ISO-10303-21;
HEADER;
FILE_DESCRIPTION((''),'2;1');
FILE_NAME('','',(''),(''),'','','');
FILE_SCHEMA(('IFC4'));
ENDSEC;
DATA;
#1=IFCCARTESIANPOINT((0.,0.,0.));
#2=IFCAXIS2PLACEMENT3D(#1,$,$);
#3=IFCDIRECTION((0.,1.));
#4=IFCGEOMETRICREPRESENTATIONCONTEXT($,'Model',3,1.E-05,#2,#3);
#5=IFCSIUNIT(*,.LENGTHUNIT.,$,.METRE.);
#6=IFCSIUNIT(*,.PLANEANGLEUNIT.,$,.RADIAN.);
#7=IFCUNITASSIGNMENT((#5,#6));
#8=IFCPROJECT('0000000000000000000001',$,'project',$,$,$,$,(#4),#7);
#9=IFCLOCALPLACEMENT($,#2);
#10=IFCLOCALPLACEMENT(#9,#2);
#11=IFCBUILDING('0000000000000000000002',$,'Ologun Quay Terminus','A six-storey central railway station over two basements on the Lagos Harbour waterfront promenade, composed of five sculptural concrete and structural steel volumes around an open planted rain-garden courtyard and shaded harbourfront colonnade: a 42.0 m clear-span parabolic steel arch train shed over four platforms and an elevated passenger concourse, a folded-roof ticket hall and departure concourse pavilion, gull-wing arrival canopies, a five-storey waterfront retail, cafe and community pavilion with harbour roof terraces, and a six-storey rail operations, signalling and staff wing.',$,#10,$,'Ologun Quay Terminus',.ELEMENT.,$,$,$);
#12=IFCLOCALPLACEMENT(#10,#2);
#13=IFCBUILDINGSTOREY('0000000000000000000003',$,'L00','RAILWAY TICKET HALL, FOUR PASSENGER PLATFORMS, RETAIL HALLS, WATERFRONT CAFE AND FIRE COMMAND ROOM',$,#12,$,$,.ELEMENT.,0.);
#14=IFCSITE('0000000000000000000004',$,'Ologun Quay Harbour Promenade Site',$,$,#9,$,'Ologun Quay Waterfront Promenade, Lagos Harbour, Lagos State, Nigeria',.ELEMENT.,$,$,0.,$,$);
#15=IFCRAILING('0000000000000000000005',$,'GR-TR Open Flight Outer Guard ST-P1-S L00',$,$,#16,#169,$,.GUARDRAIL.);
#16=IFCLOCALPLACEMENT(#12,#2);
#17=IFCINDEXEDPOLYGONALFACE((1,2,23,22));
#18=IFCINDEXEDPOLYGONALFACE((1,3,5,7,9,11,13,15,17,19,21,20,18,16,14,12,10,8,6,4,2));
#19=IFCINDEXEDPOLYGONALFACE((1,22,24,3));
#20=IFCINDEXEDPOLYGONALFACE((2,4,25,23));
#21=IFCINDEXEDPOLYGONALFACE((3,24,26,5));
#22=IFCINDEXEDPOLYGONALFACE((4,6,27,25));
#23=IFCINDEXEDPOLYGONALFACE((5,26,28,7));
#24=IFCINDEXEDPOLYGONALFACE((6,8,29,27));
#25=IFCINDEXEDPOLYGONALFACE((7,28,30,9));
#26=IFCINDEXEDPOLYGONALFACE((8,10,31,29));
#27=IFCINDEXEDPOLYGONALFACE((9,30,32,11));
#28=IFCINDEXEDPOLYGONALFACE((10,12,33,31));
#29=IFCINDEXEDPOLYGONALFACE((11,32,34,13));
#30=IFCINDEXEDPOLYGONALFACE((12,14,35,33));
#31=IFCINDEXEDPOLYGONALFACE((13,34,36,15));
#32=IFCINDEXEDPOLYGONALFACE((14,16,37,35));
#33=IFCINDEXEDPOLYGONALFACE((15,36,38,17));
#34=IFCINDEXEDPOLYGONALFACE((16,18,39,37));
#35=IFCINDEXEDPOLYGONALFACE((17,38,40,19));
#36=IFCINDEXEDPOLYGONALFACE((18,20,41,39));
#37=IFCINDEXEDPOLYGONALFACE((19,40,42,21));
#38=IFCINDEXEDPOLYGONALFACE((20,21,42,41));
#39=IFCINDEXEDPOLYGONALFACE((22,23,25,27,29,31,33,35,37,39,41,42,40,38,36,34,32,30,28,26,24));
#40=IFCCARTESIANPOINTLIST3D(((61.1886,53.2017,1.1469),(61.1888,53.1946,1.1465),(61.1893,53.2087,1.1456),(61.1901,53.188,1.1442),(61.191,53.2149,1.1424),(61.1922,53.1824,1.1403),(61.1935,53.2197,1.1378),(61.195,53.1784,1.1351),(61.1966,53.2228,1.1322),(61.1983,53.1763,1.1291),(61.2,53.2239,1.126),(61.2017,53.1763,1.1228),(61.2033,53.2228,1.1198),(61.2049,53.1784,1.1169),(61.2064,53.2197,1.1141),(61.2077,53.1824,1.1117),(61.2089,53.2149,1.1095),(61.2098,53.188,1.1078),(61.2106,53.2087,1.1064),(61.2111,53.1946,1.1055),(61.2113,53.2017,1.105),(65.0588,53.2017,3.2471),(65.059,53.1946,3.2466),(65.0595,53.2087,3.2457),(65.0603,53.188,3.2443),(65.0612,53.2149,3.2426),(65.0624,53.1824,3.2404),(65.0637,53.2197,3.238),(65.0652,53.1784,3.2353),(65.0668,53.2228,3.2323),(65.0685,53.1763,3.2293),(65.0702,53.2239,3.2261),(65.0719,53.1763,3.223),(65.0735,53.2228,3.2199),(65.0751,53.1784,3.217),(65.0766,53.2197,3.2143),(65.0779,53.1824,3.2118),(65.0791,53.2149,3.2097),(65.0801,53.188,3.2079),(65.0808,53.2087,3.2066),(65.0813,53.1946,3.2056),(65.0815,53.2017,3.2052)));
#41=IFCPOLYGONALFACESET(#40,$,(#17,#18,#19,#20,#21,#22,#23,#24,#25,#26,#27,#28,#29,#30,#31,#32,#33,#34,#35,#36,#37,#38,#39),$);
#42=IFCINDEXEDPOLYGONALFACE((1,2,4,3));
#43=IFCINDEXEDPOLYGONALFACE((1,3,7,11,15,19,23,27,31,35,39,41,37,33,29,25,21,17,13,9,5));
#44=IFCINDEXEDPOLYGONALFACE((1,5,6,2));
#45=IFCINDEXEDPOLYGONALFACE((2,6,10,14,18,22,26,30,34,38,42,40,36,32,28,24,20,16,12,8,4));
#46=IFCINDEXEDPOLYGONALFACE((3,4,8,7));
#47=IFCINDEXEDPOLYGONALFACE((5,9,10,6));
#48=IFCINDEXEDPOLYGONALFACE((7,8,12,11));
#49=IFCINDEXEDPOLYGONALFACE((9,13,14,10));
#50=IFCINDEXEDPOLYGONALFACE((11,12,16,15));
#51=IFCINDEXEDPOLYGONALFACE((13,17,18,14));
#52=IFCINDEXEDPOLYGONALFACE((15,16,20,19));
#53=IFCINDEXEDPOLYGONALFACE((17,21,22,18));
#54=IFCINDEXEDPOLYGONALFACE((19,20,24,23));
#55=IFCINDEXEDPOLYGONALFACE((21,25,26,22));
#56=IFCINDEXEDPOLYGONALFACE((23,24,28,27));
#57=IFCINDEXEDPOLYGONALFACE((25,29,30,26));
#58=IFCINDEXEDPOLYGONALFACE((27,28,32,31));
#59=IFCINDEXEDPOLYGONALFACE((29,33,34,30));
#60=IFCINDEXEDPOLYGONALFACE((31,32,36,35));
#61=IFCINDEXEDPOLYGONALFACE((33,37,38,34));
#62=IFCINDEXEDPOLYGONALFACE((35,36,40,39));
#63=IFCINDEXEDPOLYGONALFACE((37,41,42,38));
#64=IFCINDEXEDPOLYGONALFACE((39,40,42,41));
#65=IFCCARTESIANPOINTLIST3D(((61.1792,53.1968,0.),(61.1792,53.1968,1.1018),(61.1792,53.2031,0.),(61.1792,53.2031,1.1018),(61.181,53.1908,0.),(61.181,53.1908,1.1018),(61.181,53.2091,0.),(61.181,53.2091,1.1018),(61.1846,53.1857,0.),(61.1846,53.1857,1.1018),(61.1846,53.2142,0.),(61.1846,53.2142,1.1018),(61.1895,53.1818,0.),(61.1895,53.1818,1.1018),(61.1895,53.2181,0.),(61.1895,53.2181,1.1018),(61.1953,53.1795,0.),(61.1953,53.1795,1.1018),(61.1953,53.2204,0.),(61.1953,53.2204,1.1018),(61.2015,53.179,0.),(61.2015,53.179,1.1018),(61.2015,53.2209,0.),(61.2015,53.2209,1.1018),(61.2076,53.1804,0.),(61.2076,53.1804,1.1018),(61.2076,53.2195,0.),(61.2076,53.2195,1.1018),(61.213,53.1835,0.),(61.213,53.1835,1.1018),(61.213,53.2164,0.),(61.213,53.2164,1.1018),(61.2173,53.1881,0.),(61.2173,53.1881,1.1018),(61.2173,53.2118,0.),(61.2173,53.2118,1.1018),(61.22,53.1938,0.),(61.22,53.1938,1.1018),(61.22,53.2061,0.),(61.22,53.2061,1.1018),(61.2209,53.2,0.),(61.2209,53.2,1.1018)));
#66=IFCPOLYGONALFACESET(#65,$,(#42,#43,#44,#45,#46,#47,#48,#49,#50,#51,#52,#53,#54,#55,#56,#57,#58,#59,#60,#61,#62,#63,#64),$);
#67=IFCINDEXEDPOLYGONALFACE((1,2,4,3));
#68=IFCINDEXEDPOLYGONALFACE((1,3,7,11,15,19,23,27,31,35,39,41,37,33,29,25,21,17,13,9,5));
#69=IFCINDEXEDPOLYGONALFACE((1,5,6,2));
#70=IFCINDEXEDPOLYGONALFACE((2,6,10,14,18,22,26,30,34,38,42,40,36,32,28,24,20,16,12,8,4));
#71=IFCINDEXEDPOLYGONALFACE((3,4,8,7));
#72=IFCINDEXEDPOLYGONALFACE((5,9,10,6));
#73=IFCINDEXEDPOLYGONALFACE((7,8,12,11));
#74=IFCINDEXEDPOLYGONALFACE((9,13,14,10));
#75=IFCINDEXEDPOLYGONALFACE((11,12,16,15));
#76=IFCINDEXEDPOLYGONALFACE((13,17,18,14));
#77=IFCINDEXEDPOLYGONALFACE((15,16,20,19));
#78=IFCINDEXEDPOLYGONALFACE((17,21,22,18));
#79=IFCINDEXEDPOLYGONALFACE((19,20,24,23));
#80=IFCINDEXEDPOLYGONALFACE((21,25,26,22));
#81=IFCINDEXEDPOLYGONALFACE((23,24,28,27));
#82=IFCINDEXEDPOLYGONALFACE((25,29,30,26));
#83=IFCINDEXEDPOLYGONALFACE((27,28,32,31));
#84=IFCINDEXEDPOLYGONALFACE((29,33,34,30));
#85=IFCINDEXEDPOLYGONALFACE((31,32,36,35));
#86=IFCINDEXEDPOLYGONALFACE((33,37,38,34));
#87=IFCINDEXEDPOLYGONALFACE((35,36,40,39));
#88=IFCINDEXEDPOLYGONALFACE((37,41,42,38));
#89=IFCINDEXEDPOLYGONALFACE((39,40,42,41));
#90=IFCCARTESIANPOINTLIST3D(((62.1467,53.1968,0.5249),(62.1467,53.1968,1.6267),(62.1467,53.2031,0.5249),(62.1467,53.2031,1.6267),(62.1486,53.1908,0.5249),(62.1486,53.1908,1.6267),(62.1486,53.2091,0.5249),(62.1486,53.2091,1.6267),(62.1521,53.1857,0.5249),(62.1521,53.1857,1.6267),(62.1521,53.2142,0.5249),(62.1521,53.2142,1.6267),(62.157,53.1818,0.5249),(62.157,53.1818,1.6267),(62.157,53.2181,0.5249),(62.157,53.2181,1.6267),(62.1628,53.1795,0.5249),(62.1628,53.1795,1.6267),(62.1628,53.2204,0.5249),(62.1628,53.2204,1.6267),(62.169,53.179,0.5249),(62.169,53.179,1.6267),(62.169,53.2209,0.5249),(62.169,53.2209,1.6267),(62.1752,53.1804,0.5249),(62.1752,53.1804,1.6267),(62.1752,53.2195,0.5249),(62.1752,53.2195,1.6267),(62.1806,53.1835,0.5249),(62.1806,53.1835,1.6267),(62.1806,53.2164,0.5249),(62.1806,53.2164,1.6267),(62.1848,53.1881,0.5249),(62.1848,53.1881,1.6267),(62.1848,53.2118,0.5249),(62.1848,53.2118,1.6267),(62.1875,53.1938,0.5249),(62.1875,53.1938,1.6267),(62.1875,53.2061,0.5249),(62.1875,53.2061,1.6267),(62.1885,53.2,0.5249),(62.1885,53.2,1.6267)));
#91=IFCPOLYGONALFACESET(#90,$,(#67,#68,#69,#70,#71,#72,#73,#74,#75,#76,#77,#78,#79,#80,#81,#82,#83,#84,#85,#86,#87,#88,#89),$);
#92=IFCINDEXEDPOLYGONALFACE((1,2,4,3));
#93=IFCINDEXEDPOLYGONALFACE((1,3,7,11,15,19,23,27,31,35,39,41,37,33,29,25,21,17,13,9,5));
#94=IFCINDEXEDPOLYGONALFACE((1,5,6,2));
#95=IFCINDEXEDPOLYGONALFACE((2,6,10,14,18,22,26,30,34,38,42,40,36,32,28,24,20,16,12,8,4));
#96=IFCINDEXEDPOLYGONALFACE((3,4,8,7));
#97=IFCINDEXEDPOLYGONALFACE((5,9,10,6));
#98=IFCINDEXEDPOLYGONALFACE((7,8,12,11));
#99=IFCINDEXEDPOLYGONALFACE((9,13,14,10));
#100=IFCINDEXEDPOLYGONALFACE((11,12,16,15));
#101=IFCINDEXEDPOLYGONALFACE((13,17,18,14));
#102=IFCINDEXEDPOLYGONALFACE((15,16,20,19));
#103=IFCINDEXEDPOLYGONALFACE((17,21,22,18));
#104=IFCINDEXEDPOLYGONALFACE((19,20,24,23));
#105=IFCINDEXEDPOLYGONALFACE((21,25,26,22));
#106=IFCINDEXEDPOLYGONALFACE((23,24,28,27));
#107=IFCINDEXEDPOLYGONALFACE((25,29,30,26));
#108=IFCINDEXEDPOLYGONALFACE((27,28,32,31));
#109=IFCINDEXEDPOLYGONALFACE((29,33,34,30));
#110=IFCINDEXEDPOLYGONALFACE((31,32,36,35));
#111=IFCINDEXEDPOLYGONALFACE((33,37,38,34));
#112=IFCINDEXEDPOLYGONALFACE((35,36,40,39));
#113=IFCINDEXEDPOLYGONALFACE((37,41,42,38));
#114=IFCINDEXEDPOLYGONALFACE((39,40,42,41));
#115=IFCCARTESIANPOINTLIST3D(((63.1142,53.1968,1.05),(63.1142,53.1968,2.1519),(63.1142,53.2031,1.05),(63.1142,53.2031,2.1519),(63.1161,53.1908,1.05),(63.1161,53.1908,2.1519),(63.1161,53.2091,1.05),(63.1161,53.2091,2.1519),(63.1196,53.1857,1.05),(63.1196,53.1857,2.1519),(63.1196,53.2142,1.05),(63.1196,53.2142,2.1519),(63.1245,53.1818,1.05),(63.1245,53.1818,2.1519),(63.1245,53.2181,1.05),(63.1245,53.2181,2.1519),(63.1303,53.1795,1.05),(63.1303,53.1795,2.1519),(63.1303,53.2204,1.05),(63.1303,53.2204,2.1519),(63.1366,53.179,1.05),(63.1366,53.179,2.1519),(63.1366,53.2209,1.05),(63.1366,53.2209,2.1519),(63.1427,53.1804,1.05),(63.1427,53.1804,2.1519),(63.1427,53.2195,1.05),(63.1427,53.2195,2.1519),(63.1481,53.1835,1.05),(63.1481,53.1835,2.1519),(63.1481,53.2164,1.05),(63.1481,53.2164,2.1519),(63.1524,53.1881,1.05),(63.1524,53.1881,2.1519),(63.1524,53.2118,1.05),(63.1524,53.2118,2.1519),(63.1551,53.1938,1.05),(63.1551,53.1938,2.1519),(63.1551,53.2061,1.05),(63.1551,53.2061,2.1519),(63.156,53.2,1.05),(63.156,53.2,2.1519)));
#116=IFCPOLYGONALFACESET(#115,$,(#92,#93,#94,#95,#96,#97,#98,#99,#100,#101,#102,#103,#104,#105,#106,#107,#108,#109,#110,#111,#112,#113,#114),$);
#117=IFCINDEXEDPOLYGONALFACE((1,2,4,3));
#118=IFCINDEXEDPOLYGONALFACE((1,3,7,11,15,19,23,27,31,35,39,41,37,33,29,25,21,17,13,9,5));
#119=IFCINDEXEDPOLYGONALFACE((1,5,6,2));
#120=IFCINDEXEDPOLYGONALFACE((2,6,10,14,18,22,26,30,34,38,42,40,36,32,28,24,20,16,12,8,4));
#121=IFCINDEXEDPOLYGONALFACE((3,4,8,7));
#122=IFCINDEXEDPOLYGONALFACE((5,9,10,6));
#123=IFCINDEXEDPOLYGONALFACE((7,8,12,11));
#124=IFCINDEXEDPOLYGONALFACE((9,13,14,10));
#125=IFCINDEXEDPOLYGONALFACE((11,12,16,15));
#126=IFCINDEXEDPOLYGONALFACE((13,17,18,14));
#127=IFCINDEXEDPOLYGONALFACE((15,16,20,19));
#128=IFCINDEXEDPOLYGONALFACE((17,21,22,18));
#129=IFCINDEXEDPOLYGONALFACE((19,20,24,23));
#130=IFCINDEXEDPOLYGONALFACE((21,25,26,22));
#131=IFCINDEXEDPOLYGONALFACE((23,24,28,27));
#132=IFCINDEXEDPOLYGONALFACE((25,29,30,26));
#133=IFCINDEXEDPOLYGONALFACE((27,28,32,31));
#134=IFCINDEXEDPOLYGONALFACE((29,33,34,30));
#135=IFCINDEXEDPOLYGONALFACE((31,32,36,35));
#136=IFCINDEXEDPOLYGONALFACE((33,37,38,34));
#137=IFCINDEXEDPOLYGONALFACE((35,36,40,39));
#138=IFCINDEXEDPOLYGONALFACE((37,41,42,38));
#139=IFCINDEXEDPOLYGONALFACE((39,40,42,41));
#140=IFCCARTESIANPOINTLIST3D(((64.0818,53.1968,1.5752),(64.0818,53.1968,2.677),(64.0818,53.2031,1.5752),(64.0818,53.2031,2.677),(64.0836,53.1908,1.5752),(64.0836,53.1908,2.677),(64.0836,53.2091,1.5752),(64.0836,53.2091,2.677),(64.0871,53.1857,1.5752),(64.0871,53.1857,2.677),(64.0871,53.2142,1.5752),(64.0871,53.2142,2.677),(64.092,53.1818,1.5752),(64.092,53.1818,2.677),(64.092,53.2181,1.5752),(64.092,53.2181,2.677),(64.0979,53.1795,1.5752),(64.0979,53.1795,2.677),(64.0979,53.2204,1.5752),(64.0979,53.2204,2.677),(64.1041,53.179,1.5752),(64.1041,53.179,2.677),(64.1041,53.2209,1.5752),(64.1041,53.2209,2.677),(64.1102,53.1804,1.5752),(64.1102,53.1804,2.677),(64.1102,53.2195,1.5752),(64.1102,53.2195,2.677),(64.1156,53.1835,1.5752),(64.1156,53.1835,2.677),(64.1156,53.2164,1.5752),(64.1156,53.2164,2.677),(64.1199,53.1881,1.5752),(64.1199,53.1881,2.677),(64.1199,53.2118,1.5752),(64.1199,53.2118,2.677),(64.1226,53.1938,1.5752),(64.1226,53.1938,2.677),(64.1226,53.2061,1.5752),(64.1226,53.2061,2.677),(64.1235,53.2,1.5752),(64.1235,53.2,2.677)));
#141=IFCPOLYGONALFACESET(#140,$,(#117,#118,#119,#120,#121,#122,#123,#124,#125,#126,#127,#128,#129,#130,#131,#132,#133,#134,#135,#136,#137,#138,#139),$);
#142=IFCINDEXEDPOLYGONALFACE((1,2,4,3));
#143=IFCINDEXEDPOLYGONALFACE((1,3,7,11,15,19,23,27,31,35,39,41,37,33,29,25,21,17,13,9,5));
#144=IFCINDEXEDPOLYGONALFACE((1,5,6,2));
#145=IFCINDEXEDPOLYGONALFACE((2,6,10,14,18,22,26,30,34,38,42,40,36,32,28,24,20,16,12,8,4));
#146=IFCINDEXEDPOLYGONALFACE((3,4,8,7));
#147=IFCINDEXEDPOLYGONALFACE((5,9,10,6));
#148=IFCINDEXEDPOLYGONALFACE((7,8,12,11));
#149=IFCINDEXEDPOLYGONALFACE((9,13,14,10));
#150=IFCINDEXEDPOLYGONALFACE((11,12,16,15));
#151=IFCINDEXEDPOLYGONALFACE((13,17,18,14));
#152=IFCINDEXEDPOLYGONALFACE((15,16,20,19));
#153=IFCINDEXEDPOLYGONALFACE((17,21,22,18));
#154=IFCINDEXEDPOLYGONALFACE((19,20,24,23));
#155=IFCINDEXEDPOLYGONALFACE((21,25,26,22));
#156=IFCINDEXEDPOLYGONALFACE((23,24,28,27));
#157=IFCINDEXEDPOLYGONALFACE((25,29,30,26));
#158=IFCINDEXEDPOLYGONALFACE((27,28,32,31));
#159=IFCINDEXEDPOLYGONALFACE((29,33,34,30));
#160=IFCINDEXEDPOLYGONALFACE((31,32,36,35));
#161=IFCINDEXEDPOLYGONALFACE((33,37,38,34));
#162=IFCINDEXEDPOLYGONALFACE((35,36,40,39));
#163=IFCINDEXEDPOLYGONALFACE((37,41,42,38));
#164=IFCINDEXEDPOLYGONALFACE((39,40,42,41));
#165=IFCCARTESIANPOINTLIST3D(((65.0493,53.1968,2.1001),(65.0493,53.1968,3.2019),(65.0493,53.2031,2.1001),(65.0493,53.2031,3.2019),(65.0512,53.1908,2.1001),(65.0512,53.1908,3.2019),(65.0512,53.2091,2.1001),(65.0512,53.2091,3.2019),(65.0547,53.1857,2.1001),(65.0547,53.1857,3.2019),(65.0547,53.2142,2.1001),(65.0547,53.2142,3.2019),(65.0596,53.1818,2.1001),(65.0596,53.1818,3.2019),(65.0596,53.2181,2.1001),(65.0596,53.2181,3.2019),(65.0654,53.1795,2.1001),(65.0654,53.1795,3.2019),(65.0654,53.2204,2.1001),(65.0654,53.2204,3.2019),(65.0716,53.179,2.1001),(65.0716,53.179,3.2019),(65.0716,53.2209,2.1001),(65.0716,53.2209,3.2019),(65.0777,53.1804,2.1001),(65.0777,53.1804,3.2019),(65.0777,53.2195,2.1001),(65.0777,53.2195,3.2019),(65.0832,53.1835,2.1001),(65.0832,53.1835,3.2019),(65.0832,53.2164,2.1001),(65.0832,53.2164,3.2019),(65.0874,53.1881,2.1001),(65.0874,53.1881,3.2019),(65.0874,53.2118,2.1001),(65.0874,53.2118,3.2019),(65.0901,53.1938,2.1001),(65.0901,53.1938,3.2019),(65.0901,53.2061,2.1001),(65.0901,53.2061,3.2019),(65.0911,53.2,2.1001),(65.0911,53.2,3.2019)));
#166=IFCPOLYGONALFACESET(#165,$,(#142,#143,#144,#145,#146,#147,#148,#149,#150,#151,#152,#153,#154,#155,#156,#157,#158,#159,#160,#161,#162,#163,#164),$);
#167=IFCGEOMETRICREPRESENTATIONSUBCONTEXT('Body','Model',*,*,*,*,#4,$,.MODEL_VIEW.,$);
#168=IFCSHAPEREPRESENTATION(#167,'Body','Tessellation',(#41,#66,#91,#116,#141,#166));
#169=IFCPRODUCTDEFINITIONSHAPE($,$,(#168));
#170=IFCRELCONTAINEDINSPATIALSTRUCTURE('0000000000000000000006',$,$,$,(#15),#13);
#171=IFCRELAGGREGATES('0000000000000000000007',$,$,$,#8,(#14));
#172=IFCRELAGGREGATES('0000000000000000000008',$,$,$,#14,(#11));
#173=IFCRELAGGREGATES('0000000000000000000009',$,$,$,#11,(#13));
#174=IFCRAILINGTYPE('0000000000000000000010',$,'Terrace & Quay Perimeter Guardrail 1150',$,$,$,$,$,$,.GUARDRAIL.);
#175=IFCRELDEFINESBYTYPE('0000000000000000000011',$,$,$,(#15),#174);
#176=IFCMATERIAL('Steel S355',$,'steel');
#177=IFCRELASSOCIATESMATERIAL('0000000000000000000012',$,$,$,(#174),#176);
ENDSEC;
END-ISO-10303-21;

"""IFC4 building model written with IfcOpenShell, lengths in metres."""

from ifc_helpers import new_model, si_unit, direction, frame, origin, origin_2d, place, context, subcontext, project, spatial, circle, extrude, material, type_object, element, save


model = new_model("IFC4")

# Units and contexts
model_context = context("Model", 3, precision=1e-05, world=origin(), true_north=direction((0.0, 1.0)))
body_context = subcontext(model_context, "Body", "Model", "MODEL_VIEW")
ifc_project = project(units=[si_unit("LENGTHUNIT", "METRE"), si_unit("PLANEANGLEUNIT", "RADIAN")], contexts=[model_context])

# Site, building, storey
site_placement = place(None, origin())
site = spatial("IfcSite", under=ifc_project, at=site_placement, Name="Ologun Quay Harbour Promenade Site", LongName="Ologun Quay Waterfront Promenade, Lagos Harbour, Lagos State, Nigeria", CompositionType="ELEMENT", RefElevation=0.0)
building_placement = place(site_placement, origin())
building = spatial("IfcBuilding", under=site, at=building_placement, Name="Ologun Quay Terminus", Description="A six-storey central railway station over two basements on the Lagos Harbour waterfront promenade, composed of five sculptural concrete and structural steel volumes around an open planted rain-garden courtyard and shaded harbourfront colonnade: a 42.0 m clear-span parabolic steel arch train shed over four platforms and an elevated passenger concourse, a folded-roof ticket hall and departure concourse pavilion, gull-wing arrival canopies, a five-storey waterfront retail, cafe and community pavilion with harbour roof terraces, and a six-storey rail operations, signalling and staff wing.", LongName="Ologun Quay Terminus", CompositionType="ELEMENT")
storey_placement = place(building_placement, origin())
storey = spatial("IfcBuildingStorey", under=building, at=storey_placement, Name="L00", Description="RAILWAY TICKET HALL, FOUR PASSENGER PLATFORMS, RETAIL HALLS, WATERFRONT CAFE AND FIRE COMMAND ROOM", CompositionType="ELEMENT", Elevation=0.0)

# Railing
ifc_material_1 = material(Name="Steel S355", Category="steel")
railing_type = type_object("IfcRailingType", Name="Terrace & Quay Perimeter Guardrail 1150", PredefinedType="GUARDRAIL", material=ifc_material_1)
railing_placement = place(storey_placement, frame((61.2, 53.2, 0.0)))
element("IfcRailing", 1, at=railing_placement, inside=storey, type_object=railing_type, Name="GR-TR Open Flight Outer Guard ST-P1-S L00", PredefinedType="GUARDRAIL", context=body_context, shape_type="SweptSolid", body=[
    extrude(circle(Radius=0.0239, at=origin_2d()), frame((0.0, 0.0, 1.126), z_axis=(0.878932, 0.0, 0.476947), x_axis=(0.0, 1.0, 0.0)), (0.0, 0.0, 1.0), 4.4033),
    extrude(circle(Radius=0.021, at=origin_2d()), origin(), (0.0, 0.0, 1.0), 1.1018),
    extrude(circle(Radius=0.021, at=origin_2d()), frame((0.9675, 0.0, 0.5249)), (0.0, 0.0, 1.0), 1.1018),
    extrude(circle(Radius=0.021, at=origin_2d()), frame((1.9351, 0.0, 1.05)), (0.0, 0.0, 1.0), 1.1018),
    extrude(circle(Radius=0.021, at=origin_2d()), frame((2.9026, 0.0, 1.5752)), (0.0, 0.0, 1.0), 1.1018),
    extrude(circle(Radius=0.021, at=origin_2d()), frame((3.8701, 0.0, 2.1001)), (0.0, 0.0, 1.0), 1.1018),
])

save(model, "model.ifc")
